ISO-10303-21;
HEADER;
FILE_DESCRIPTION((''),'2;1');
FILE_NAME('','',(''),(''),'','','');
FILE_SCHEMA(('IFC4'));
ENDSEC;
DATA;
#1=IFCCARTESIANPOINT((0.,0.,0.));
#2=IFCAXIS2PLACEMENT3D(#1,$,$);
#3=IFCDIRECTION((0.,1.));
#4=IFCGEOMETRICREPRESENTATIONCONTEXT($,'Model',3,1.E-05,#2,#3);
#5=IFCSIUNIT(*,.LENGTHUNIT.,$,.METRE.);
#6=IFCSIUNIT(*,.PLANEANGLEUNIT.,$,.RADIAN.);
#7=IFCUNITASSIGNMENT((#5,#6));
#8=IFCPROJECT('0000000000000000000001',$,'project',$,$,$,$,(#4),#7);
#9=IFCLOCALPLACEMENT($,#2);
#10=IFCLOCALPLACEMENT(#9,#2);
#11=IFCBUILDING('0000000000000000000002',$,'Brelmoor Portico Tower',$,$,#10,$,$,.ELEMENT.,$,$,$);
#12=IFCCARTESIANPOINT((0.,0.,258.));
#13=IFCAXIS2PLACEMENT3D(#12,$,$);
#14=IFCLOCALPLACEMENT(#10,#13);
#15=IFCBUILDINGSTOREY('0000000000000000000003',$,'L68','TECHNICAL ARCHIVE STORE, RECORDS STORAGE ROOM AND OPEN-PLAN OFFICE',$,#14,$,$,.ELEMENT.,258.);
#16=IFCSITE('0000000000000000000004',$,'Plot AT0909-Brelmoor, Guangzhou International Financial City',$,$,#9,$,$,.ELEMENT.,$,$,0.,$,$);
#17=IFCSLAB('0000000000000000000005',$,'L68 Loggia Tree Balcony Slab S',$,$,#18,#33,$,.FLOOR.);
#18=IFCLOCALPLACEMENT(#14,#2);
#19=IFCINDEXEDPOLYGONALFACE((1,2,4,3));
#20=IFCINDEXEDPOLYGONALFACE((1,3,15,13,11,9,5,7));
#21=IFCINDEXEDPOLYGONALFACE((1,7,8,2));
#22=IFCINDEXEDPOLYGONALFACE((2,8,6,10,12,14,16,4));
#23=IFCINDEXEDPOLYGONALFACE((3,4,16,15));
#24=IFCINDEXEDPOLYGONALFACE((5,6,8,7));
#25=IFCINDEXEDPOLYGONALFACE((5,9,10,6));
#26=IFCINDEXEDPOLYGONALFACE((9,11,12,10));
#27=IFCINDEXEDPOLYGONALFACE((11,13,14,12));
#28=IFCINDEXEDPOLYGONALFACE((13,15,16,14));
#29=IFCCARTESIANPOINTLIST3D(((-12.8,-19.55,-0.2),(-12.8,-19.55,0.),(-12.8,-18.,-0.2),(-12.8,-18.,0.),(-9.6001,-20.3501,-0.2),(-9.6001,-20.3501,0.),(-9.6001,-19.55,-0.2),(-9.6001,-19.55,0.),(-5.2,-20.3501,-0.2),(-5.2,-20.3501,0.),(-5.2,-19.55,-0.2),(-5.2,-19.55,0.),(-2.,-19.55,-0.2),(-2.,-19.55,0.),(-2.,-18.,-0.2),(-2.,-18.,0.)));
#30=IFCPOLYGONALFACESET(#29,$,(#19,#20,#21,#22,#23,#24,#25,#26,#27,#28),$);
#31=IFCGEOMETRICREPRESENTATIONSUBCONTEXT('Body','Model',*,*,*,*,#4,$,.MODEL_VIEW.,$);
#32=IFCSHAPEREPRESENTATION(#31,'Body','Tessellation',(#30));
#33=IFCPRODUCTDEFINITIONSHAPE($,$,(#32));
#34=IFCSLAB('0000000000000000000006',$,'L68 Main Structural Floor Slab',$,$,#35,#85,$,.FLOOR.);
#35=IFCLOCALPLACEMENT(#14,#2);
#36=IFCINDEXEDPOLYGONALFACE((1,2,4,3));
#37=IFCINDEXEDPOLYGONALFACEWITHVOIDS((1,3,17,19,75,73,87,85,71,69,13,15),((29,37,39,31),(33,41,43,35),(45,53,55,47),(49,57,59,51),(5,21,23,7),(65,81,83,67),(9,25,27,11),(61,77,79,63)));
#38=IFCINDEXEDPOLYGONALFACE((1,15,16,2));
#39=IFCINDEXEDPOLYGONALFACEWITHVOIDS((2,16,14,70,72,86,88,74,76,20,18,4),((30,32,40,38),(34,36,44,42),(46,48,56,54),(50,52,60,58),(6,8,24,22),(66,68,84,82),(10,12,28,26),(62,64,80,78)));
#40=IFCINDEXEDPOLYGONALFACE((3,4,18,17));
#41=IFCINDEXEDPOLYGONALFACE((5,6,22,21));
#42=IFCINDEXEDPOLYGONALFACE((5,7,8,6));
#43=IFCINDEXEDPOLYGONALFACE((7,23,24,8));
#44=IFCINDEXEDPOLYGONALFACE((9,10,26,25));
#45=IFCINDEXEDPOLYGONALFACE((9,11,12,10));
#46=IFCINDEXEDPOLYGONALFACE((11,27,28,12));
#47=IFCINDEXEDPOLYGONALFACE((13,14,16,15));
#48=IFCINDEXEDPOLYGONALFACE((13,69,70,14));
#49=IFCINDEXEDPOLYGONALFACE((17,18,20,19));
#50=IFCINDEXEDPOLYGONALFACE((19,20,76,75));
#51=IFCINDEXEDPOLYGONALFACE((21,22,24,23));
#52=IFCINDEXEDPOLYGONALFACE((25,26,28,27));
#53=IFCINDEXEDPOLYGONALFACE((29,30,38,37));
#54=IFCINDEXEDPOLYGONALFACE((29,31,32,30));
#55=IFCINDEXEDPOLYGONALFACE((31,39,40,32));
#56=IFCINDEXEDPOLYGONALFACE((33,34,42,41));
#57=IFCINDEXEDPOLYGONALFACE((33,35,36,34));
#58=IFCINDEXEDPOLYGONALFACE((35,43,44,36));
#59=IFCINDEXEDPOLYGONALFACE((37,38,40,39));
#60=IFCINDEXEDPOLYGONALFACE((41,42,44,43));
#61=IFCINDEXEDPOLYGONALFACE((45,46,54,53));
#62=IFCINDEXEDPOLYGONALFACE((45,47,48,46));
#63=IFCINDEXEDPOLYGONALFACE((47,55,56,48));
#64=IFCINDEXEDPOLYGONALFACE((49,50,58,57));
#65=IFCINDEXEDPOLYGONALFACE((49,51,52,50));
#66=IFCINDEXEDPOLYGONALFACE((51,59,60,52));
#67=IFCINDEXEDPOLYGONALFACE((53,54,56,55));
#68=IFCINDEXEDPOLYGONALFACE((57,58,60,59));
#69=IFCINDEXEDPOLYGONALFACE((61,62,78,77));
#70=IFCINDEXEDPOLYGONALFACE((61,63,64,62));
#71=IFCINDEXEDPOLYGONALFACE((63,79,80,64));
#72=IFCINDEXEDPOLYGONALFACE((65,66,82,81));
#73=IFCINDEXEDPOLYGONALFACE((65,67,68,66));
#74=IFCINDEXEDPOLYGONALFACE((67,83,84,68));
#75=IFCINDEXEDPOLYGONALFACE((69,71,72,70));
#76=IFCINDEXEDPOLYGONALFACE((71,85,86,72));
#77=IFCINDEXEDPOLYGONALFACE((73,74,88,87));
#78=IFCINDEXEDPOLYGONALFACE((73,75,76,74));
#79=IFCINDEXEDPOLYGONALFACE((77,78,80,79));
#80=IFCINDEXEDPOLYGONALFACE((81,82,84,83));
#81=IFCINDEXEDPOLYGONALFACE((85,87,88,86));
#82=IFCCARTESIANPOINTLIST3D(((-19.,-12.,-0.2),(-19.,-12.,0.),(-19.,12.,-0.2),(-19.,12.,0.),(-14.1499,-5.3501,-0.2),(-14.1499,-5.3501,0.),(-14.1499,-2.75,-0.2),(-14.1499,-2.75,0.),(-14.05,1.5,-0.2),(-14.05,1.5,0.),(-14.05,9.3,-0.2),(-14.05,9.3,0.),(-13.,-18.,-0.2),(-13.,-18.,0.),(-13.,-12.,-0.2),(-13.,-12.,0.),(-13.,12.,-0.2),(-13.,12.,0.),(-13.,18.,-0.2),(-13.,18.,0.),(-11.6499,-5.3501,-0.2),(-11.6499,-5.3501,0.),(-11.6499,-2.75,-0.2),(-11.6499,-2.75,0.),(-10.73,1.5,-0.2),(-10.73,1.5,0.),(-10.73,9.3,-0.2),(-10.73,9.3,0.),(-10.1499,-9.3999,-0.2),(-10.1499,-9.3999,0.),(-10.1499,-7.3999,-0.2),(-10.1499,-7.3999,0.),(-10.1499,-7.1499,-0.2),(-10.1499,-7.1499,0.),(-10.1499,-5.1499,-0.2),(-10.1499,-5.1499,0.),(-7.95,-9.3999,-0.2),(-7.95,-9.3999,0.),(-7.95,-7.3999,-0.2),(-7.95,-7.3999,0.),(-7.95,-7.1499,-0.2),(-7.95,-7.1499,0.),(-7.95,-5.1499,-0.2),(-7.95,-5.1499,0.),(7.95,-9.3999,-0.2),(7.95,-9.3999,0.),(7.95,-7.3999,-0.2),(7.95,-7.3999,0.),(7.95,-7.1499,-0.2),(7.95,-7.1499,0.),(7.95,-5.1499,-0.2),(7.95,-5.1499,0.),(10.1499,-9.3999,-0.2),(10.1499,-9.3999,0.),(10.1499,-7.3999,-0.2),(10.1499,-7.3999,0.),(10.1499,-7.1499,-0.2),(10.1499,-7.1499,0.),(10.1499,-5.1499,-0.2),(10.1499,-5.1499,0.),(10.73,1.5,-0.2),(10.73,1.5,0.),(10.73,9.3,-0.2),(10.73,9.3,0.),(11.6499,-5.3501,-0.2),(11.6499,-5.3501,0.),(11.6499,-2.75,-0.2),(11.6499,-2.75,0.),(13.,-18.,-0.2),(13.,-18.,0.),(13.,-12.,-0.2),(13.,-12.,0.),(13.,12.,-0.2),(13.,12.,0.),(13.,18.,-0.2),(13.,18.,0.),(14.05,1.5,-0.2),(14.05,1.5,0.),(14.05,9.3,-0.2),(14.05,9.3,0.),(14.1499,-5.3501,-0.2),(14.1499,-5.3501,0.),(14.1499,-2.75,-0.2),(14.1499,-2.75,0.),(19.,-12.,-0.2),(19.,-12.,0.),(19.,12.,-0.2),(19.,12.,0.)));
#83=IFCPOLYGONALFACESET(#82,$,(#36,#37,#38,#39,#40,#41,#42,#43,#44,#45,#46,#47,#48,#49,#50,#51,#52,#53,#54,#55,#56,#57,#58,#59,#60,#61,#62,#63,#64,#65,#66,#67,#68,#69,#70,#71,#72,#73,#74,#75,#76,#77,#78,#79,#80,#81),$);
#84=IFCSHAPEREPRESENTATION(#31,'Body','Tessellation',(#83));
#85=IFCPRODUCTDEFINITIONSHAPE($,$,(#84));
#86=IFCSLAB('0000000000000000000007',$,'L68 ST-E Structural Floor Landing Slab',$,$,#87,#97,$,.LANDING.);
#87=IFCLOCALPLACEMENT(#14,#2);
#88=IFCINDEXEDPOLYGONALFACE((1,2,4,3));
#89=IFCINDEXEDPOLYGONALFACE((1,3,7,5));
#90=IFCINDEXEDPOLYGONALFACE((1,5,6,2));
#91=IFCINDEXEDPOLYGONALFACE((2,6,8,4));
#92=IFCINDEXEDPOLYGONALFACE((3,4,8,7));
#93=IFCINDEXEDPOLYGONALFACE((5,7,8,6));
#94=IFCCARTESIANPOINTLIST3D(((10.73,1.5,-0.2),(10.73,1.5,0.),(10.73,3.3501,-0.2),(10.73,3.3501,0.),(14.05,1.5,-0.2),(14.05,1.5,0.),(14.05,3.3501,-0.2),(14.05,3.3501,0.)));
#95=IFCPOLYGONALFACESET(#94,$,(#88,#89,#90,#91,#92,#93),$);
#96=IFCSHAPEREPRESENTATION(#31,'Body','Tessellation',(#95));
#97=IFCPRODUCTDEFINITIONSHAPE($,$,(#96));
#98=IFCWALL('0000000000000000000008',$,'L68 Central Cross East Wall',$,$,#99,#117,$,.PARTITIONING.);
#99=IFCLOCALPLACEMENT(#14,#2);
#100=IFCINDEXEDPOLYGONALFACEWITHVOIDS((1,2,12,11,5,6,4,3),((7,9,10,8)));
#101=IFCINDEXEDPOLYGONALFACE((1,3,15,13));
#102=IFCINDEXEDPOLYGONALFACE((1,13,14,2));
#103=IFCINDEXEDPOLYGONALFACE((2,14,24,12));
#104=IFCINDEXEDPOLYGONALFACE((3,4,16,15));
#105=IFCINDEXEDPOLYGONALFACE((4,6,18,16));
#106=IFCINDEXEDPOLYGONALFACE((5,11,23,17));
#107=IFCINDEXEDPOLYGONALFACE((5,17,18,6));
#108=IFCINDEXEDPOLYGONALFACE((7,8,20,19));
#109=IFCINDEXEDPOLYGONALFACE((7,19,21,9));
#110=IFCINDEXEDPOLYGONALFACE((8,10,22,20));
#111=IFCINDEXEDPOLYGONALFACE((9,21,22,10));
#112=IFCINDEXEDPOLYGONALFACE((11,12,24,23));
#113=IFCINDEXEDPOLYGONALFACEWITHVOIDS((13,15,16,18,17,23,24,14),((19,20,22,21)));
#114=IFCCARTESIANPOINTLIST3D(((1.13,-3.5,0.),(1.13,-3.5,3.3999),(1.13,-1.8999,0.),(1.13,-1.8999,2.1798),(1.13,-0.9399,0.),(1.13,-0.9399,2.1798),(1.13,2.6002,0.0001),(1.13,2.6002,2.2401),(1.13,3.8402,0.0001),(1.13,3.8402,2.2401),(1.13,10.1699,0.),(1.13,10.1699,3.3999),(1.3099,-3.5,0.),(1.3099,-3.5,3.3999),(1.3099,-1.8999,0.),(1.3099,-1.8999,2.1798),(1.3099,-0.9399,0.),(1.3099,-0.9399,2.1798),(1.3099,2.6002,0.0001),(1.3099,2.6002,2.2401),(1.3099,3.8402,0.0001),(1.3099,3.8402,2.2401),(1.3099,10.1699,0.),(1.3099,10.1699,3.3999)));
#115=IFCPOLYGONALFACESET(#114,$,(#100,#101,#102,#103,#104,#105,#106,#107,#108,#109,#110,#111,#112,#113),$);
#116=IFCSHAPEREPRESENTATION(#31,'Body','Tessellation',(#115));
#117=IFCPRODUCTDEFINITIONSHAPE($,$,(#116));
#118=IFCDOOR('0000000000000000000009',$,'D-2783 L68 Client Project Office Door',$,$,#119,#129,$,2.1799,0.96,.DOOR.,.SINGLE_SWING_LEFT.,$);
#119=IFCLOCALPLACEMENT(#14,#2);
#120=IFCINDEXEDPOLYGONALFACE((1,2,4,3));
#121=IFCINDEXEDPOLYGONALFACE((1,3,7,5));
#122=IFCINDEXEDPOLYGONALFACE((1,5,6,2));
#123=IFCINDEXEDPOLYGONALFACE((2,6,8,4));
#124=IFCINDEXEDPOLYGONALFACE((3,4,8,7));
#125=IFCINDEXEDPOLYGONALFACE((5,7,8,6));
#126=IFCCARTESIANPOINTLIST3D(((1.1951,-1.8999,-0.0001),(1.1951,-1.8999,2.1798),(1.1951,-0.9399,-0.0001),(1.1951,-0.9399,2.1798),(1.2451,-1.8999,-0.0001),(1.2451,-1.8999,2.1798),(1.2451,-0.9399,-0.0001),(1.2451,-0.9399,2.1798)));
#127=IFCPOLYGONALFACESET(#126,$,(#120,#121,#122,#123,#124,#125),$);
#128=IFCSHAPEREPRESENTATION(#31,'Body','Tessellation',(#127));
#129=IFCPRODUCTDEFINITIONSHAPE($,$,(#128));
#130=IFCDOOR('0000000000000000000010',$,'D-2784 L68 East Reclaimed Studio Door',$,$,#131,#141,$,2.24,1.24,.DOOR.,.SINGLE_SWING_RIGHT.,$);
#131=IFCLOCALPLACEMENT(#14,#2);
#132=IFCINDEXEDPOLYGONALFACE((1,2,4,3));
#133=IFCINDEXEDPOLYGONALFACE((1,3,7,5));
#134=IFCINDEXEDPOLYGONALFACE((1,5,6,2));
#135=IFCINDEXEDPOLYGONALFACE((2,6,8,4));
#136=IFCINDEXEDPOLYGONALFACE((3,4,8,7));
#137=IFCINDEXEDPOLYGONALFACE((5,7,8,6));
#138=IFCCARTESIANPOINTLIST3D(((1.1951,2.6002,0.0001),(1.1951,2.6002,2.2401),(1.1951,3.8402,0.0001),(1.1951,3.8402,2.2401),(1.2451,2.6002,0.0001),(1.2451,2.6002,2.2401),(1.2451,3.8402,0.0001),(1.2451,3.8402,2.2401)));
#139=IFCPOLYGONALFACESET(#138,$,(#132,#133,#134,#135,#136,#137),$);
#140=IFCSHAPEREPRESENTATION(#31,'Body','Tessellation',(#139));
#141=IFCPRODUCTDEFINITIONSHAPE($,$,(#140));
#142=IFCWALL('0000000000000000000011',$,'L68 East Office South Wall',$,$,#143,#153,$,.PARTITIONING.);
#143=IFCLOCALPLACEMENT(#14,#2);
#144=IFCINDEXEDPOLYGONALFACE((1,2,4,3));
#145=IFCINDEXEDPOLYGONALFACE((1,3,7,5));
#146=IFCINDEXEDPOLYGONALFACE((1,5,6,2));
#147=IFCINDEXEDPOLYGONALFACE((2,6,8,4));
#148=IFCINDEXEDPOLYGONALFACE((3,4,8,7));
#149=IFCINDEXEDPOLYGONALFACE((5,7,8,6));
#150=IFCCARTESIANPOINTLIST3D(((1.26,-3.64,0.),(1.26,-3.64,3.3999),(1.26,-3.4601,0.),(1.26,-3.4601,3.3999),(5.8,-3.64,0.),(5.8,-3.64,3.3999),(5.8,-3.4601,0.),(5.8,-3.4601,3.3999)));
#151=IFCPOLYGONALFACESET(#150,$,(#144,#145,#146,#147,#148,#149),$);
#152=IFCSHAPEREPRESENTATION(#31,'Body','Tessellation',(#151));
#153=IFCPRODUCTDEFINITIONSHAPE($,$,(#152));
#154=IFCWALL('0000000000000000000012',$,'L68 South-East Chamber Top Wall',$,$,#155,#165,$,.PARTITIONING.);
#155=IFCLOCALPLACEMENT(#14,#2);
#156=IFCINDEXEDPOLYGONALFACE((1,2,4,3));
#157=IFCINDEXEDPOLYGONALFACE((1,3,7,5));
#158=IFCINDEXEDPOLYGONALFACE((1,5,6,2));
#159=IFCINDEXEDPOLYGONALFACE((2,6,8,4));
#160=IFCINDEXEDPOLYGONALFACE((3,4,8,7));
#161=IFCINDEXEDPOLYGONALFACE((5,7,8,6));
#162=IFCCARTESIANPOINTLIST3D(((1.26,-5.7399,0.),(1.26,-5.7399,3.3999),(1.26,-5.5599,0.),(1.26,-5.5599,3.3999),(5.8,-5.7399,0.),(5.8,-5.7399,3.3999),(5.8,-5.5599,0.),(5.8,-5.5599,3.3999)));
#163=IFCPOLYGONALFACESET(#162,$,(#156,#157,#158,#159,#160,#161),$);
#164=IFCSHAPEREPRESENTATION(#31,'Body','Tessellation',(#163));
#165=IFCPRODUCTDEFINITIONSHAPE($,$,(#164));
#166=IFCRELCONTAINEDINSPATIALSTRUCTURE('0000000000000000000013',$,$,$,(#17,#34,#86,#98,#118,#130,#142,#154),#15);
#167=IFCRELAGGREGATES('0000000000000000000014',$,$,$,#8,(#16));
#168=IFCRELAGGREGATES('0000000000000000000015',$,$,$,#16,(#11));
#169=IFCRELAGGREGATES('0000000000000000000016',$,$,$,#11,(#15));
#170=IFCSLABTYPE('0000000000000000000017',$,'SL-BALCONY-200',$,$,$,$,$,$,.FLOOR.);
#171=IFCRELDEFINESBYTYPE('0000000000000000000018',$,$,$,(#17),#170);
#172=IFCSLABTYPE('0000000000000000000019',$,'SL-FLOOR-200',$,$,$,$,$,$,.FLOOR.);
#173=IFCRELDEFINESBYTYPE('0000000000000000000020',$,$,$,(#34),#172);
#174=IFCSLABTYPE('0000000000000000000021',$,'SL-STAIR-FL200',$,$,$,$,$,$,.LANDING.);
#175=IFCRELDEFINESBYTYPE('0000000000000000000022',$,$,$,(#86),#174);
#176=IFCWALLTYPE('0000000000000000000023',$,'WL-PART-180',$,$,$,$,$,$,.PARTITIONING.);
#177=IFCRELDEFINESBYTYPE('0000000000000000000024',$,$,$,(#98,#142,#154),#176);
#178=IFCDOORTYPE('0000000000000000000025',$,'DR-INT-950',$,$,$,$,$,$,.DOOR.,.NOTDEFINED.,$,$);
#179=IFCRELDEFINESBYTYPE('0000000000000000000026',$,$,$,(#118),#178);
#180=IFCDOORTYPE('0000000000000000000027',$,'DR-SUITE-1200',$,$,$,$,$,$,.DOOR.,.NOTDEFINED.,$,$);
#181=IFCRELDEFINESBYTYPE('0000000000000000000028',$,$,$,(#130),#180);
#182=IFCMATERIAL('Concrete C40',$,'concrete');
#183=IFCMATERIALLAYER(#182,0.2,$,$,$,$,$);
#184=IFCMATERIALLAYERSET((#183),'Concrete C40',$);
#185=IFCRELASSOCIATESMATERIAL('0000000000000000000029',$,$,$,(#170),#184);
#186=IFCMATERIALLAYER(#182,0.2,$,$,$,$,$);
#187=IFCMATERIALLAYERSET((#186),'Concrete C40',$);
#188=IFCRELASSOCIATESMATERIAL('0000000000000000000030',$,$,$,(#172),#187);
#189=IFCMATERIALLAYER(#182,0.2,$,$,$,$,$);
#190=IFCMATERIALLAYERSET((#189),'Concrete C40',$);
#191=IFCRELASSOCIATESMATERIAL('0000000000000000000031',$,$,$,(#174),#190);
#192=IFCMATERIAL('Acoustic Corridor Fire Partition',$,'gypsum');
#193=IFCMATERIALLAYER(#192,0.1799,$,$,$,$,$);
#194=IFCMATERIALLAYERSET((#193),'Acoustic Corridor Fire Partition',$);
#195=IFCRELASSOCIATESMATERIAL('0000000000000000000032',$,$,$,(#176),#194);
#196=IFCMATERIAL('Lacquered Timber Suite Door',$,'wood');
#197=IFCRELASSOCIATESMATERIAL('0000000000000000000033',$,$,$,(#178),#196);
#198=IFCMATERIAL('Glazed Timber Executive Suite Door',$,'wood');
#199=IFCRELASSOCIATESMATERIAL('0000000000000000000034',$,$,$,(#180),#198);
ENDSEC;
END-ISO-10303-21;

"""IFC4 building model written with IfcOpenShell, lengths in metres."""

from ifc_helpers import new_model, si_unit, direction, frame, frame_2d, origin, place, context, subcontext, project, spatial, polyline, rectangle, outline, extrude, material, layer, layer_set, type_object, element, fill, save


model = new_model("IFC4")

# Units and contexts
model_context = context("Model", 3, precision=1e-05, world=origin(), true_north=direction((0.0, 1.0)))
body_context = subcontext(model_context, "Body", "Model", "MODEL_VIEW")
ifc_project = project(units=[si_unit("LENGTHUNIT", "METRE"), si_unit("PLANEANGLEUNIT", "RADIAN")], contexts=[model_context])

# Site, building, storey
site_placement = place(None, origin())
site = spatial("IfcSite", under=ifc_project, at=site_placement, Name="Plot AT0909-Brelmoor, Guangzhou International Financial City", CompositionType="ELEMENT", RefElevation=0.0)
building_placement = place(site_placement, origin())
building = spatial("IfcBuilding", under=site, at=building_placement, Name="Brelmoor Portico Tower", CompositionType="ELEMENT")
storey_placement = place(building_placement, frame((0.0, 0.0, 258.0)))
storey = spatial("IfcBuildingStorey", under=building, at=storey_placement, Name="L68", Description="TECHNICAL ARCHIVE STORE, RECORDS STORAGE ROOM AND OPEN-PLAN OFFICE", CompositionType="ELEMENT", Elevation=258.0)

# Slabs
ifc_material_1 = material(Name="Concrete C40", Category="concrete")
ifc_layer_1 = layer(ifc_material_1, 0.2)
ifc_layer_set_1 = layer_set([ifc_layer_1], Name="Concrete C40")
slab_type_1 = type_object("IfcSlabType", Name="SL-BALCONY-200", PredefinedType="FLOOR", material=ifc_layer_set_1)
slab_1_placement = place(storey_placement, frame((0.0, 0.0, -0.2)))
element("IfcSlab", 1, at=slab_1_placement, inside=storey, type_object=slab_type_1, Name="L68 Loggia Tree Balcony Slab S", PredefinedType="FLOOR", context=body_context, shape_type="SweptSolid", body=[
    extrude(outline(polyline([(-12.8, -19.55), (-9.6001, -19.55), (-9.6001, -20.3501), (-5.2, -20.3501), (-5.2, -19.55), (-2.0, -19.55), (-2.0, -18.0), (-12.8, -18.0), (-12.8, -19.55)])), origin(), (0.0, 0.0, 1.0), 0.2),
])
ifc_layer_2 = layer(ifc_material_1, 0.2)
ifc_layer_set_2 = layer_set([ifc_layer_2], Name="Concrete C40")
slab_type_2 = type_object("IfcSlabType", Name="SL-FLOOR-200", PredefinedType="FLOOR", material=ifc_layer_set_2)
slab_2_placement = place(storey_placement, frame((0.0, 0.0, -0.2)))
element("IfcSlab", 2, at=slab_2_placement, inside=storey, type_object=slab_type_2, Name="L68 Main Structural Floor Slab", PredefinedType="FLOOR", context=body_context, shape_type="SweptSolid", body=[
    extrude(outline(polyline([(-13.0, -18.0), (13.0, -18.0), (13.0, -12.0), (19.0, -12.0), (19.0, 12.0), (13.0, 12.0), (13.0, 18.0), (-13.0, 18.0), (-13.0, 12.0), (-19.0, 12.0), (-19.0, -12.0), (-13.0, -12.0), (-13.0, -18.0)]), holes=[polyline([(-10.73, 1.5), (-10.73, 9.3), (-14.05, 9.3), (-14.05, 1.5), (-10.73, 1.5)]), polyline([(14.05, 1.5), (14.05, 9.3), (10.73, 9.3), (10.73, 1.5), (14.05, 1.5)]), polyline([(-10.1499, -9.3999), (-7.95, -9.3999), (-7.95, -7.3999), (-10.1499, -7.3999), (-10.1499, -9.3999)]), polyline([(-10.1499, -7.1499), (-7.95, -7.1499), (-7.95, -5.1499), (-10.1499, -5.1499), (-10.1499, -7.1499)]), polyline([(7.95, -9.3999), (10.1499, -9.3999), (10.1499, -7.3999), (7.95, -7.3999), (7.95, -9.3999)]), polyline([(7.95, -7.1499), (10.1499, -7.1499), (10.1499, -5.1499), (7.95, -5.1499), (7.95, -7.1499)]), polyline([(-14.1499, -5.3501), (-11.6499, -5.3501), (-11.6499, -2.75), (-14.1499, -2.75), (-14.1499, -5.3501)]), polyline([(11.6499, -5.3501), (14.1499, -5.3501), (14.1499, -2.75), (11.6499, -2.75), (11.6499, -5.3501)])]), origin(), (0.0, 0.0, 1.0), 0.2),
])
ifc_layer_3 = layer(ifc_material_1, 0.2)
ifc_layer_set_3 = layer_set([ifc_layer_3], Name="Concrete C40")
slab_type_3 = type_object("IfcSlabType", Name="SL-STAIR-FL200", PredefinedType="LANDING", material=ifc_layer_set_3)
slab_3_placement = place(storey_placement, frame((0.0, 0.0, -0.2)))
element("IfcSlab", 3, at=slab_3_placement, inside=storey, type_object=slab_type_3, Name="L68 ST-E Structural Floor Landing Slab", PredefinedType="LANDING", context=body_context, shape_type="SweptSolid", body=[
    extrude(outline(polyline([(14.05, 1.5), (14.05, 3.3501), (10.73, 3.3501), (10.73, 1.5), (14.05, 1.5)])), origin(), (0.0, 0.0, 1.0), 0.2),
])

# Wall, openings, doors
ifc_material_2 = material(Name="Acoustic Corridor Fire Partition", Category="gypsum")
ifc_layer_4 = layer(ifc_material_2, 0.1799)
ifc_layer_set_4 = layer_set([ifc_layer_4], Name="Acoustic Corridor Fire Partition")
wall_type_1 = type_object("IfcWallType", Name="WL-PART-180", PredefinedType="PARTITIONING", material=ifc_layer_set_4)
wall_1_placement = place(storey_placement, frame((1.22, -3.5, 0.0), z_axis=(0.0, 0.0, 1.0), x_axis=(0.0, 1.0, 0.0)))
wall_1 = element("IfcWall", 4, at=wall_1_placement, inside=storey, type_object=wall_type_1, Name="L68 Central Cross East Wall", PredefinedType="PARTITIONING", context=body_context, shape_type="SweptSolid", body=[
    extrude(rectangle(XDim=13.6699, YDim=0.1799, at=frame_2d((6.835, 0.0))), origin(), (0.0, 0.0, 1.0), 3.3999),
])
opening_1_placement = place(wall_1_placement, frame((6.1001, 0.0, 0.0)))
opening_1 = element("IfcOpeningElement", 5, at=opening_1_placement, cuts=wall_1, PredefinedType="OPENING", context=body_context, shape_type="SweptSolid", body=[
    extrude(rectangle(XDim=1.24, YDim=2.24, at=frame_2d((0.6201, 1.1201))), frame((0.0, 0.0999, 0.0), z_axis=(0.0, -1.0, 0.0), x_axis=(1.0, 0.0, 0.0)), (0.0, 0.0, 1.0), 0.2),
])
opening_2_placement = place(wall_1_placement, frame((1.6001, 0.0, 0.0)))
opening_2 = element("IfcOpeningElement", 6, at=opening_2_placement, cuts=wall_1, PredefinedType="OPENING", context=body_context, shape_type="SweptSolid", body=[
    extrude(rectangle(XDim=0.96, YDim=2.1799, at=frame_2d((0.48, 1.0898))), frame((0.0, 0.0999, 0.0), z_axis=(0.0, -1.0, 0.0), x_axis=(1.0, 0.0, 0.0)), (0.0, 0.0, 1.0), 0.2),
])
ifc_material_3 = material(Name="Lacquered Timber Suite Door", Category="wood")
door_type_1 = type_object("IfcDoorType", Name="DR-INT-950", OperationType="NOTDEFINED", PredefinedType="DOOR", material=ifc_material_3)
door_1_placement = place(opening_2_placement, origin())
door_1 = element("IfcDoor", 7, at=door_1_placement, inside=storey, type_object=door_type_1, Name="D-2783 L68 Client Project Office Door", OperationType="SINGLE_SWING_LEFT", OverallHeight=2.1799, OverallWidth=0.96, PredefinedType="DOOR", context=body_context, shape_type="SweptSolid", body=[
    extrude(rectangle(XDim=0.96, YDim=2.1799, at=frame_2d((0.48, 1.0898))), frame((0.0, 0.0249, 0.0), z_axis=(0.0, -1.0, 0.0), x_axis=(1.0, 0.0, 0.0)), (0.0, 0.0, 1.0), 0.05),
])
fill(opening_2, door_1)
ifc_material_4 = material(Name="Glazed Timber Executive Suite Door", Category="wood")
door_type_2 = type_object("IfcDoorType", Name="DR-SUITE-1200", OperationType="NOTDEFINED", PredefinedType="DOOR", material=ifc_material_4)
door_2_placement = place(opening_1_placement, origin())
door_2 = element("IfcDoor", 8, at=door_2_placement, inside=storey, type_object=door_type_2, Name="D-2784 L68 East Reclaimed Studio Door", OperationType="SINGLE_SWING_RIGHT", OverallHeight=2.24, OverallWidth=1.24, PredefinedType="DOOR", context=body_context, shape_type="SweptSolid", body=[
    extrude(rectangle(XDim=1.24, YDim=2.24, at=frame_2d((0.6201, 1.1201))), frame((0.0, 0.0249, 0.0), z_axis=(0.0, -1.0, 0.0), x_axis=(1.0, 0.0, 0.0)), (0.0, 0.0, 1.0), 0.05),
])
fill(opening_1, door_2)

# Walls
for number, where, z_axis, x_axis, name in (
    (9, (1.26, -3.55, 0.0), (0.0, 0.0, 1.0), (1.0, 0.0, 0.0), "L68 East Office South Wall"),
    (10, (1.26, -5.6499, 0.0), (0.0, 0.0, 1.0), (1.0, 0.0, 0.0), "L68 South-East Chamber Top Wall"),
):
    element("IfcWall", number, at=place(storey_placement, frame(where, z_axis=z_axis, x_axis=x_axis)), inside=storey, type_object=wall_type_1, Name=name, PredefinedType="PARTITIONING", context=body_context, shape_type="SweptSolid", body=[
        extrude(rectangle(XDim=4.54, YDim=0.1799, at=frame_2d((2.27, 0.0))), origin(), (0.0, 0.0, 1.0), 3.3999),
    ])

save(model, "model.ifc")
